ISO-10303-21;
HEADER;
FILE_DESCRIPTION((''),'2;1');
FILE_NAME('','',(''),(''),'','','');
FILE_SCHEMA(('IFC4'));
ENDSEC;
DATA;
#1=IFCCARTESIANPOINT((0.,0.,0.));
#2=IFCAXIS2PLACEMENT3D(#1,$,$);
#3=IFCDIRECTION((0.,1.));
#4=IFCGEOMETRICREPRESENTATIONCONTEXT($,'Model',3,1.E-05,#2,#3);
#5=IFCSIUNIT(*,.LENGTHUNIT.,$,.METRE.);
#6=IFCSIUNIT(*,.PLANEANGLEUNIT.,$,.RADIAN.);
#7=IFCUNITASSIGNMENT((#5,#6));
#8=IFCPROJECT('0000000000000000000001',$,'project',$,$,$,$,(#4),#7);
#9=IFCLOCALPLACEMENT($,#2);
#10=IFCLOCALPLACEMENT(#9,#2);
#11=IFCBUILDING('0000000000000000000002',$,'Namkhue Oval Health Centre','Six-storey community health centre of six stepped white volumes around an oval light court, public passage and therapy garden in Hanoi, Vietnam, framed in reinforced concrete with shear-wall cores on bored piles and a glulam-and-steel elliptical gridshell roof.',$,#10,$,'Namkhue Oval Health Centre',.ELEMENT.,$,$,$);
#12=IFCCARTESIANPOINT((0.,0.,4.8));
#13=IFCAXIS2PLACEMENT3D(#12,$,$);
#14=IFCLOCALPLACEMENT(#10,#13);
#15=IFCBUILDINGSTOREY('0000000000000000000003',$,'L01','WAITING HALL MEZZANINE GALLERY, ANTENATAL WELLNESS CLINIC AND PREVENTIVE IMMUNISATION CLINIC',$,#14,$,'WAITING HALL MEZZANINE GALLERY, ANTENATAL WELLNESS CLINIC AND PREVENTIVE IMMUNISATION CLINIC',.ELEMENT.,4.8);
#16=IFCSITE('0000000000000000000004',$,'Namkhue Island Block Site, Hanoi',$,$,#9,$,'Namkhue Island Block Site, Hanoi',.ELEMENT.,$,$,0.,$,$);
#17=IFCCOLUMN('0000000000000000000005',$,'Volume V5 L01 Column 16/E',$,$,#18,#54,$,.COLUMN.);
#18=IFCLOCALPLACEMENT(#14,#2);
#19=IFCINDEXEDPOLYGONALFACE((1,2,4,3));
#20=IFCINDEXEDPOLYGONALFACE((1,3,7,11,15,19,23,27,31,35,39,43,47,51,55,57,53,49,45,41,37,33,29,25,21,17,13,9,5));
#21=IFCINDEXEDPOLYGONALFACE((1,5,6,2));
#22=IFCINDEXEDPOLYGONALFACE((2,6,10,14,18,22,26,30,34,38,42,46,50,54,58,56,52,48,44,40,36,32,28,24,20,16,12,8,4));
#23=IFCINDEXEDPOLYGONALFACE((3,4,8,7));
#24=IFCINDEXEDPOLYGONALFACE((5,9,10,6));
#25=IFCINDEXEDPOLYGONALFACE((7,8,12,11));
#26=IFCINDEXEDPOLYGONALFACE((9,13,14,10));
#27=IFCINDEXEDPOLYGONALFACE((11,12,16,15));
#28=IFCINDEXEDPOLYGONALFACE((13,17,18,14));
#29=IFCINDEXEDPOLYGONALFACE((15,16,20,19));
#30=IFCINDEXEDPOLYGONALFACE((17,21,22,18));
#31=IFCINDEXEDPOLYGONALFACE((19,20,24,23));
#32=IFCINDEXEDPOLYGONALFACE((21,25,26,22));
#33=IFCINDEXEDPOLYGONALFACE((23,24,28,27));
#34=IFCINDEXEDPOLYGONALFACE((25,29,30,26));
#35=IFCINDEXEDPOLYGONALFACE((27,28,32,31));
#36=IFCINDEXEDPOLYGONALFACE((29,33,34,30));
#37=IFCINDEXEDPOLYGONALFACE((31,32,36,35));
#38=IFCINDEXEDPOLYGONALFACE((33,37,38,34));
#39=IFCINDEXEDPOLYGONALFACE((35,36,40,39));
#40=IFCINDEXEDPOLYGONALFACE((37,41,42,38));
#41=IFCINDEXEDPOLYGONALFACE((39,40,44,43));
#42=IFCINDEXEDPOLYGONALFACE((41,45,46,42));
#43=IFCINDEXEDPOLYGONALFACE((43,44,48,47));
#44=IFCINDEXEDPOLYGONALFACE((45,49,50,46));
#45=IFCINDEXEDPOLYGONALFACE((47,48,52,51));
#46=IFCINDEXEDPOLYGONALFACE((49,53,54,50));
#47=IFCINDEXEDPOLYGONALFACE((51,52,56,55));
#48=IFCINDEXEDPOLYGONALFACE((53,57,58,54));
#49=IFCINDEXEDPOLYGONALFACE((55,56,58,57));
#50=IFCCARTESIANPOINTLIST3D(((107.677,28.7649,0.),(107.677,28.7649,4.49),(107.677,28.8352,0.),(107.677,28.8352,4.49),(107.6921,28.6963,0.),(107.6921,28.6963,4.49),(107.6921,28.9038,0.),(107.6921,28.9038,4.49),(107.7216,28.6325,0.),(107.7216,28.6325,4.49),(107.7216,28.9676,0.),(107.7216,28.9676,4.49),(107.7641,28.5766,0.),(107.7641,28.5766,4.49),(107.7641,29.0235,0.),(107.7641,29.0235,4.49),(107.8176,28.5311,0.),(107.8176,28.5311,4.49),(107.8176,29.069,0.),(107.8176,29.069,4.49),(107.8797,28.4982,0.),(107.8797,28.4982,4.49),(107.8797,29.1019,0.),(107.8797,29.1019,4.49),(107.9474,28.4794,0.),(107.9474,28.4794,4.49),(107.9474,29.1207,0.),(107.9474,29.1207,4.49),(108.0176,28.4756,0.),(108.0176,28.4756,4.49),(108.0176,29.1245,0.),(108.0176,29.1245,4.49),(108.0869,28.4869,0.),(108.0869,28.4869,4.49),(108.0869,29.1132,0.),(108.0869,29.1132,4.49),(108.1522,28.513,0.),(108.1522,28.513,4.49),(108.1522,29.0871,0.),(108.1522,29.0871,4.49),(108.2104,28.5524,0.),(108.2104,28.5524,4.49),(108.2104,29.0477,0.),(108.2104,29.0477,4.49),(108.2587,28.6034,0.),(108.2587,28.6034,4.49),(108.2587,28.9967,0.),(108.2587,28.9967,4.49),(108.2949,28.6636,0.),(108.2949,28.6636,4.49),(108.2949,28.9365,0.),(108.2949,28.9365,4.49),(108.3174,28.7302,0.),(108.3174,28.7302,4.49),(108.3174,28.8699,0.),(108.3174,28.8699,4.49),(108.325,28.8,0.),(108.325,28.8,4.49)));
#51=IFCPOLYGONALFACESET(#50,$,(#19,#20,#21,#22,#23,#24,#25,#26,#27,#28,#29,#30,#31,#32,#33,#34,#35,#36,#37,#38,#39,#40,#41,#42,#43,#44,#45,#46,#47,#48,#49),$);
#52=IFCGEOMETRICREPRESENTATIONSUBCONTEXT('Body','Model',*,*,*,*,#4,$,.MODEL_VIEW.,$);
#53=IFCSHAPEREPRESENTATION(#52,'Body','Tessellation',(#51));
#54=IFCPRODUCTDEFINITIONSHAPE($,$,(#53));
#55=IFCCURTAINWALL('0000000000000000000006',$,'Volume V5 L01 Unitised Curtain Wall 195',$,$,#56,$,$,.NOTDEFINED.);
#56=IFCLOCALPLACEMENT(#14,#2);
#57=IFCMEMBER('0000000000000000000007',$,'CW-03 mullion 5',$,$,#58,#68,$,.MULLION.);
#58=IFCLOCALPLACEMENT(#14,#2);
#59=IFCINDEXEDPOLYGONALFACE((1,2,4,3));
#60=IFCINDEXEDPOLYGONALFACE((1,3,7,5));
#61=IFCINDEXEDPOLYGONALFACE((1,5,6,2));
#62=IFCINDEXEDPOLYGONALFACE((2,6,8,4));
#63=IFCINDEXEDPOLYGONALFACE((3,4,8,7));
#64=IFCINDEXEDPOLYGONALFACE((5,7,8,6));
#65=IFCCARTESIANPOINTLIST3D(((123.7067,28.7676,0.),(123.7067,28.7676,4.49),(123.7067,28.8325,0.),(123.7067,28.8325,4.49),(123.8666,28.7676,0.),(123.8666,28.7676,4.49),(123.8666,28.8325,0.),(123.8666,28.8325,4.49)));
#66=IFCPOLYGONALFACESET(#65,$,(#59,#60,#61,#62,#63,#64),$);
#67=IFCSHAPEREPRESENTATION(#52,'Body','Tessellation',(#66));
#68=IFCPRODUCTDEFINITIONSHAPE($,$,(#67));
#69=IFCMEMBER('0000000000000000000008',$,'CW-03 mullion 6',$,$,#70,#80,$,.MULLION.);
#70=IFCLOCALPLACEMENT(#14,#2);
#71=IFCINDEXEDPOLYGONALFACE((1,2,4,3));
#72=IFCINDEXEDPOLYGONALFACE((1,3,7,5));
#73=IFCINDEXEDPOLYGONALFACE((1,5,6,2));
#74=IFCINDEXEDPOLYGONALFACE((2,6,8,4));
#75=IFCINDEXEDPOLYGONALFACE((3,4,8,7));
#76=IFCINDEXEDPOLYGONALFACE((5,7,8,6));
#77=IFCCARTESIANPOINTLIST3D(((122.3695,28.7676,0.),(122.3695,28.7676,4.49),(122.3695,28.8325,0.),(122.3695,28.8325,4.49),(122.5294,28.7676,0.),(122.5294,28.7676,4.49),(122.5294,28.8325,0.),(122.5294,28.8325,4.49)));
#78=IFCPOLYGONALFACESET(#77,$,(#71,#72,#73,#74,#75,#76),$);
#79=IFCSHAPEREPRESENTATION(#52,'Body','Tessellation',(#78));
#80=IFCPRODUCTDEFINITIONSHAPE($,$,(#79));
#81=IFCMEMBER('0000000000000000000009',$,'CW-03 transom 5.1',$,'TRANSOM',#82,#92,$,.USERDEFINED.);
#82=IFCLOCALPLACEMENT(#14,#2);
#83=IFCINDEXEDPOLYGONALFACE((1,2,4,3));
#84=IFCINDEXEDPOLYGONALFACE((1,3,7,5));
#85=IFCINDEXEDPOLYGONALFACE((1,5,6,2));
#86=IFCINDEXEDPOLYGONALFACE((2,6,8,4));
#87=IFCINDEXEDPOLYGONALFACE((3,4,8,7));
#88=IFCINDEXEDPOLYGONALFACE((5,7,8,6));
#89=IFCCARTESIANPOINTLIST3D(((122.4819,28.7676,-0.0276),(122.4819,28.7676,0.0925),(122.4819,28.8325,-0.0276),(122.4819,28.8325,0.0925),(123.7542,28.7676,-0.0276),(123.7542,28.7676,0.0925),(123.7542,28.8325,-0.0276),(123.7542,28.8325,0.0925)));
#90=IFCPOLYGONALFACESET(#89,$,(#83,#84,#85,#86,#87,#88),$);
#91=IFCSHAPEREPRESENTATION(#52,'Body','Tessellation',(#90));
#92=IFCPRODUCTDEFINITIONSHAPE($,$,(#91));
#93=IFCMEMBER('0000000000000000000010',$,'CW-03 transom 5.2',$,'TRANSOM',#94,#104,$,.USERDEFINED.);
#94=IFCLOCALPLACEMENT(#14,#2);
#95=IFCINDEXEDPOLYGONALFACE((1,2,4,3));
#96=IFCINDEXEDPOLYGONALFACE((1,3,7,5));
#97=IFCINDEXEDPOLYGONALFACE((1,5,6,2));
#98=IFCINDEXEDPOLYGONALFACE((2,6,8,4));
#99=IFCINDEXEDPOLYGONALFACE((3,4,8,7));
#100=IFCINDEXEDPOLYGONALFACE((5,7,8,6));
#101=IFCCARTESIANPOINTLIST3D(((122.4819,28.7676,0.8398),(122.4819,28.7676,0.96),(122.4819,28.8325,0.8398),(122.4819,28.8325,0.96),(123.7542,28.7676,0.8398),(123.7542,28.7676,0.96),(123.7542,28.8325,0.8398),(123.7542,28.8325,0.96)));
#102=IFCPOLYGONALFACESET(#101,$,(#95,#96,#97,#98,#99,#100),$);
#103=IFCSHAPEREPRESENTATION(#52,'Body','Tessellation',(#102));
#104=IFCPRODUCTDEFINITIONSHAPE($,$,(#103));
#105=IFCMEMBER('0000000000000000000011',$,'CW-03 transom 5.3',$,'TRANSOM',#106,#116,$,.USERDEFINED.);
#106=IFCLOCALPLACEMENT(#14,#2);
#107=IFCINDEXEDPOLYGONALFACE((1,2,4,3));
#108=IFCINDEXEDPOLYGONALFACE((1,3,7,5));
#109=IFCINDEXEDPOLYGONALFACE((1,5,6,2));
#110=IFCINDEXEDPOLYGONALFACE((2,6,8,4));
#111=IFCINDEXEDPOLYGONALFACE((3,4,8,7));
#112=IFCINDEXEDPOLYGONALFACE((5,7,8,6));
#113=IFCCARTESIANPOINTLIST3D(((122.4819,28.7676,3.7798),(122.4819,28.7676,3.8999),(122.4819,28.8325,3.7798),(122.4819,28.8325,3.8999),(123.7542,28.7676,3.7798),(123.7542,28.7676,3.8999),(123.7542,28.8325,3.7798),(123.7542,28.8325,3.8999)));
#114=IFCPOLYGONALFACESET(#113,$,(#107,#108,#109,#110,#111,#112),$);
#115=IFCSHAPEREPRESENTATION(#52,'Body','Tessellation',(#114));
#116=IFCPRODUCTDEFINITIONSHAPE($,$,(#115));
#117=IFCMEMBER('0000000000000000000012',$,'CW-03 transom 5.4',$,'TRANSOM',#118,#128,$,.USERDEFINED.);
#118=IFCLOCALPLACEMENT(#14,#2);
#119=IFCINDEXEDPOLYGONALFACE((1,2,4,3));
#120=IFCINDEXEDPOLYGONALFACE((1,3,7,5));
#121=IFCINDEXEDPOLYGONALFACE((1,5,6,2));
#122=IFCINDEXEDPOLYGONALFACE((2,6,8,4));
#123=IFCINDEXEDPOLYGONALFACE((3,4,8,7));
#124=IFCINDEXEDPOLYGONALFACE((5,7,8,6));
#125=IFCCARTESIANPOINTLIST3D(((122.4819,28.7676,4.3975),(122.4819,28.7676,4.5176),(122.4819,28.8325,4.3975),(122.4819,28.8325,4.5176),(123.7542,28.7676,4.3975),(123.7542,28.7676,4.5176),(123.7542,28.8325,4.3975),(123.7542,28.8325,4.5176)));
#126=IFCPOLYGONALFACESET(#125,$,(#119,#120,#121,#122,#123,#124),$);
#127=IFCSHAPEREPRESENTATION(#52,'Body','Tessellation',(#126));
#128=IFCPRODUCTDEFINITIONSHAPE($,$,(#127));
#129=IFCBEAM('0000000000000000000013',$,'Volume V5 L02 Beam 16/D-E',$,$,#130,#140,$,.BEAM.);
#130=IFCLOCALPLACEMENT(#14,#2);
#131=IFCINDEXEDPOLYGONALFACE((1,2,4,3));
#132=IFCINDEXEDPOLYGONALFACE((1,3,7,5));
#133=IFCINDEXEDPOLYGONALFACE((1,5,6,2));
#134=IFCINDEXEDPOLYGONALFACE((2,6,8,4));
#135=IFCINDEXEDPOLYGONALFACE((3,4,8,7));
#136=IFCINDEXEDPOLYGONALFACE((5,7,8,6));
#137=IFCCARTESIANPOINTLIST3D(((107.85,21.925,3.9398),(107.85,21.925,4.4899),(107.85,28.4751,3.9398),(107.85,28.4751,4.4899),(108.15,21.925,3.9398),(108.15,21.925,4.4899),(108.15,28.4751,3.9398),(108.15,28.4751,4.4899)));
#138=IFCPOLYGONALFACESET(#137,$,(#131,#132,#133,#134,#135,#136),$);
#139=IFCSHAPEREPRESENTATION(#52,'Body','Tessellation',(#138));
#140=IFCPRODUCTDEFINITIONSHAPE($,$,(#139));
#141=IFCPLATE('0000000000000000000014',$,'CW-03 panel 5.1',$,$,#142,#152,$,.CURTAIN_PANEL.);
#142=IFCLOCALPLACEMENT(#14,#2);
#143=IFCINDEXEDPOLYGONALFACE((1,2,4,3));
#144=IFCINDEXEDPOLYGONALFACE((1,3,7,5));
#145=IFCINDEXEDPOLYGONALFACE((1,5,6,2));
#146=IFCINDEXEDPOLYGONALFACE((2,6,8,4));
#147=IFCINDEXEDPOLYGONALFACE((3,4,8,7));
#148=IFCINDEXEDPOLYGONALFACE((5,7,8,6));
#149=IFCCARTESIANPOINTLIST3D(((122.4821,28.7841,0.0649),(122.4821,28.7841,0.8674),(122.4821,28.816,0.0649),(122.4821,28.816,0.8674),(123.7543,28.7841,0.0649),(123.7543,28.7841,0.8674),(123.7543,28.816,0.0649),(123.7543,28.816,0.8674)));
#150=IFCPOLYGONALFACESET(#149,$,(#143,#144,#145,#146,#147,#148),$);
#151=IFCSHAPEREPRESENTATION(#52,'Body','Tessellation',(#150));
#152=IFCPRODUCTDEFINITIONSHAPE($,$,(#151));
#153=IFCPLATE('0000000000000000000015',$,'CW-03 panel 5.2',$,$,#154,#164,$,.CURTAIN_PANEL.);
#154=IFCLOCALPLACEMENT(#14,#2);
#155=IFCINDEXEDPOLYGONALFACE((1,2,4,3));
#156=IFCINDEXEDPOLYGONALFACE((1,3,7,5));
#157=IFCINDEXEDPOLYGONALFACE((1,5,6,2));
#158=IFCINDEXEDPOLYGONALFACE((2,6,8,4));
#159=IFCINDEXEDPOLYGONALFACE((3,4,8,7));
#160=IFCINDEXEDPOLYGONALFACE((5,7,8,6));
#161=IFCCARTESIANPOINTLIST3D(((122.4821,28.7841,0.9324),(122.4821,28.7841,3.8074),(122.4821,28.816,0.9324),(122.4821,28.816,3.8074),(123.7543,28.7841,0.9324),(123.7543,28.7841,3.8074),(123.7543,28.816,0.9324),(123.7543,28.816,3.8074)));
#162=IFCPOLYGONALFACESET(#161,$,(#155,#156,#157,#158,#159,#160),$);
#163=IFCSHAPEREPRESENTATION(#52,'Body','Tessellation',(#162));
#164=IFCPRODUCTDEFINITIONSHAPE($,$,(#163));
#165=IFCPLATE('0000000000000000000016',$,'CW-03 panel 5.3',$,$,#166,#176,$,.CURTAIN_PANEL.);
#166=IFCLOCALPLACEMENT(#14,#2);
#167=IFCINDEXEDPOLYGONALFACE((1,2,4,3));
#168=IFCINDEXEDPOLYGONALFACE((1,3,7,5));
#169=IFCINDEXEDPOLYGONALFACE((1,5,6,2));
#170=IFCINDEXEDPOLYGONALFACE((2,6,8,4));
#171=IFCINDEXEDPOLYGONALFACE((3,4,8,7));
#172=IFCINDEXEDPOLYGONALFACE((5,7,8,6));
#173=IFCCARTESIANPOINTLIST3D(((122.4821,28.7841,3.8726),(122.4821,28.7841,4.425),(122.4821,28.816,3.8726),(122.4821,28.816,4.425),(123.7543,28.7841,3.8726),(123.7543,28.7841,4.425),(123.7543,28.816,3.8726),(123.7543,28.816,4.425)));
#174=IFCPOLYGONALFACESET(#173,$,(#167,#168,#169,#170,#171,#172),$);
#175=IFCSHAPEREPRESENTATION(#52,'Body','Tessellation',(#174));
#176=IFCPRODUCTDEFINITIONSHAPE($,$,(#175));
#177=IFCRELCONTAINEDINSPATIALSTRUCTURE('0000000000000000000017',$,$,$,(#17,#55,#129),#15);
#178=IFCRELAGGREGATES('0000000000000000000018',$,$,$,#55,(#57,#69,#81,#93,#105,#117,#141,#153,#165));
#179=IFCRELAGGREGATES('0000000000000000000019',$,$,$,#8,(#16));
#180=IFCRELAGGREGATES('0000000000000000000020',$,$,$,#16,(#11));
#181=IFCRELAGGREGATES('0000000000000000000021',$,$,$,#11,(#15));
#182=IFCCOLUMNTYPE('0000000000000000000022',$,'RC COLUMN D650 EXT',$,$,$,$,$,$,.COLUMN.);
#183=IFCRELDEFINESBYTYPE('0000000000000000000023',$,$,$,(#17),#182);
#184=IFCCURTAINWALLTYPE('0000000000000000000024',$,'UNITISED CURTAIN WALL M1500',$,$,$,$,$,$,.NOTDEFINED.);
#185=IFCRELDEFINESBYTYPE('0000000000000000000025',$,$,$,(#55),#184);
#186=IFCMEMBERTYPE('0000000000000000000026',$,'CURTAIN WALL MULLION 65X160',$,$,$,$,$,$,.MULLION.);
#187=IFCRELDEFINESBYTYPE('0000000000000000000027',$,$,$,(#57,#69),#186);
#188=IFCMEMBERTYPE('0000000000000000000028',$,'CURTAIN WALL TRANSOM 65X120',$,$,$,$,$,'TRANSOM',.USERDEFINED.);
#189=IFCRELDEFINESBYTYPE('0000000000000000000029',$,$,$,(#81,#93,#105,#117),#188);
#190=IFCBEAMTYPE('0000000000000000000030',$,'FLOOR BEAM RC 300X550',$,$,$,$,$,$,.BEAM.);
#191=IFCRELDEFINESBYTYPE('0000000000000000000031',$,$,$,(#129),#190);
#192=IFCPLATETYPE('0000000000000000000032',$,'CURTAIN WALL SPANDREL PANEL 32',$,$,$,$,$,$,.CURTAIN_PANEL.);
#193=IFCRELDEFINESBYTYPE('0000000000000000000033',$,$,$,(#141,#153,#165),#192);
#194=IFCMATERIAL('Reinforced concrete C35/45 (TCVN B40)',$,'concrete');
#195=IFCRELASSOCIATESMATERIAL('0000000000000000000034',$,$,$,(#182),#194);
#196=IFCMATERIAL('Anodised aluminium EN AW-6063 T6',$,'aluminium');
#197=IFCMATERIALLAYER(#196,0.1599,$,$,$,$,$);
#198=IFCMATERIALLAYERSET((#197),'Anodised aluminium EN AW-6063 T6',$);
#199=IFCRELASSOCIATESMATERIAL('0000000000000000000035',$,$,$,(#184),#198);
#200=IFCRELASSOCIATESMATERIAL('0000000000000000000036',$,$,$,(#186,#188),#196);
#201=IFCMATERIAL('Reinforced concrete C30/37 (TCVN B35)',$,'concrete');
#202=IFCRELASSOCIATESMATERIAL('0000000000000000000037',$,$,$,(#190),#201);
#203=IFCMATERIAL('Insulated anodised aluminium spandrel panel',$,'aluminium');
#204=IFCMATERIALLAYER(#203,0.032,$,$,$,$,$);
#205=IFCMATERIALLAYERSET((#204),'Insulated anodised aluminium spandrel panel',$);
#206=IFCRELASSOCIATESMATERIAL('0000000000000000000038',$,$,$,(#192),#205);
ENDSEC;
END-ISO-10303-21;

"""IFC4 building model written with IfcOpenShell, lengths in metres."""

from ifc_helpers import new_model, si_unit, direction, frame, origin, origin_2d, place, context, subcontext, project, spatial, rectangle, circle, extrude, material, layer, layer_set, material_profile, profile_set, type_object, element, aggregate, save


model = new_model("IFC4")

# Units and contexts
model_context = context("Model", 3, precision=1e-05, world=origin(), true_north=direction((0.0, 1.0)))
body_context = subcontext(model_context, "Body", "Model", "MODEL_VIEW")
ifc_project = project(units=[si_unit("LENGTHUNIT", "METRE"), si_unit("PLANEANGLEUNIT", "RADIAN")], contexts=[model_context])

# Site, building, storey
site_placement = place(None, origin())
site = spatial("IfcSite", under=ifc_project, at=site_placement, Name="Namkhue Island Block Site, Hanoi", LongName="Namkhue Island Block Site, Hanoi", CompositionType="ELEMENT", RefElevation=0.0)
building_placement = place(site_placement, origin())
building = spatial("IfcBuilding", under=site, at=building_placement, Name="Namkhue Oval Health Centre", Description="Six-storey community health centre of six stepped white volumes around an oval light court, public passage and therapy garden in Hanoi, Vietnam, framed in reinforced concrete with shear-wall cores on bored piles and a glulam-and-steel elliptical gridshell roof.", LongName="Namkhue Oval Health Centre", CompositionType="ELEMENT")
storey_placement = place(building_placement, frame((0.0, 0.0, 4.8)))
storey = spatial("IfcBuildingStorey", under=building, at=storey_placement, Name="L01", Description="WAITING HALL MEZZANINE GALLERY, ANTENATAL WELLNESS CLINIC AND PREVENTIVE IMMUNISATION CLINIC", LongName="WAITING HALL MEZZANINE GALLERY, ANTENATAL WELLNESS CLINIC AND PREVENTIVE IMMUNISATION CLINIC", CompositionType="ELEMENT", Elevation=4.8)

# Column
ifc_material_1 = material(Name="Reinforced concrete C35/45 (TCVN B40)", Category="concrete")
ifc_material_profile_1 = material_profile(ifc_material_1, circle(Radius=0.325, at=origin_2d()), Name="RC D650")
ifc_profile_set_1 = profile_set([ifc_material_profile_1], Name="Reinforced concrete C35/45 (TCVN B40)")
column_type = type_object("IfcColumnType", Name="RC COLUMN D650 EXT", PredefinedType="COLUMN", material=ifc_profile_set_1)
column_placement = place(storey_placement, frame((108.0, 28.8, 0.0), z_axis=(0.0, 0.0, 1.0), x_axis=(1.0, 0.0, 0.0)))
element("IfcColumn", 1, at=column_placement, inside=storey, type_object=column_type, Name="Volume V5 L01 Column 16/E", PredefinedType="COLUMN", context=body_context, shape_type="SweptSolid", body=[
    extrude(circle(Radius=0.325, at=origin_2d()), origin(), (0.0, 0.0, 1.0), 4.49),
])

# Curtain wall, members
ifc_material_2 = material(Name="Anodised aluminium EN AW-6063 T6", Category="aluminium")
ifc_layer_1 = layer(ifc_material_2, 0.1599)
ifc_layer_set_1 = layer_set([ifc_layer_1], Name="Anodised aluminium EN AW-6063 T6")
curtain_wall_type = type_object("IfcCurtainWallType", Name="UNITISED CURTAIN WALL M1500", PredefinedType="NOTDEFINED", material=ifc_layer_set_1)
curtain_wall_placement = place(storey_placement, origin())
curtain_wall = element("IfcCurtainWall", 2, at=curtain_wall_placement, inside=storey, type_object=curtain_wall_type, Name="Volume V5 L01 Unitised Curtain Wall 195", PredefinedType="NOTDEFINED")
ifc_material_profile_2 = material_profile(ifc_material_2, rectangle(XDim=0.0649, YDim=0.1599, at=origin_2d()), Name="ALU 65x160")
ifc_profile_set_2 = profile_set([ifc_material_profile_2], Name="Anodised aluminium EN AW-6063 T6")
member_type_1 = type_object("IfcMemberType", Name="CURTAIN WALL MULLION 65X160", PredefinedType="MULLION", material=ifc_profile_set_2)
member_1_placement = place(storey_placement, frame((123.7866, 28.8, 0.0), z_axis=(0.0, 0.0, 1.0), x_axis=(0.0, -1.0, 0.0)))
member_1 = element("IfcMember", 3, at=member_1_placement, type_object=member_type_1, Name="CW-03 mullion 5", PredefinedType="MULLION", context=body_context, shape_type="SweptSolid", body=[
    extrude(rectangle(XDim=0.0649, YDim=0.1599, at=origin_2d()), origin(), (0.0, 0.0, 1.0), 4.49),
])
member_2_placement = place(storey_placement, frame((122.4495, 28.8, 0.0), z_axis=(0.0, 0.0, 1.0), x_axis=(0.0, -1.0, 0.0)))
member_2 = element("IfcMember", 4, at=member_2_placement, type_object=member_type_1, Name="CW-03 mullion 6", PredefinedType="MULLION", context=body_context, shape_type="SweptSolid", body=[
    extrude(rectangle(XDim=0.0649, YDim=0.1599, at=origin_2d()), origin(), (0.0, 0.0, 1.0), 4.49),
])
ifc_material_profile_3 = material_profile(ifc_material_2, rectangle(XDim=0.0649, YDim=0.1201, at=origin_2d()), Name="ALU 65x120")
ifc_profile_set_3 = profile_set([ifc_material_profile_3], Name="Anodised aluminium EN AW-6063 T6")
member_type_2 = type_object("IfcMemberType", Name="CURTAIN WALL TRANSOM 65X120", ElementType="TRANSOM", PredefinedType="USERDEFINED", material=ifc_profile_set_3)
member_3_placement = place(storey_placement, frame((123.7542, 28.8, 0.0325), z_axis=(-1.0, 0.0, 0.0), x_axis=(0.0, -1.0, 0.0)))
member_3 = element("IfcMember", 5, at=member_3_placement, type_object=member_type_2, Name="CW-03 transom 5.1", ObjectType="TRANSOM", PredefinedType="USERDEFINED", context=body_context, shape_type="SweptSolid", body=[
    extrude(rectangle(XDim=0.0649, YDim=0.1201, at=origin_2d()), origin(), (0.0, 0.0, 1.0), 1.2722),
])
member_4_placement = place(storey_placement, frame((123.7542, 28.8, 0.8999), z_axis=(-1.0, 0.0, 0.0), x_axis=(0.0, -1.0, 0.0)))
member_4 = element("IfcMember", 6, at=member_4_placement, type_object=member_type_2, Name="CW-03 transom 5.2", ObjectType="TRANSOM", PredefinedType="USERDEFINED", context=body_context, shape_type="SweptSolid", body=[
    extrude(rectangle(XDim=0.0649, YDim=0.1201, at=origin_2d()), origin(), (0.0, 0.0, 1.0), 1.2722),
])
member_5_placement = place(storey_placement, frame((123.7542, 28.8, 3.8398), z_axis=(-1.0, 0.0, 0.0), x_axis=(0.0, -1.0, 0.0)))
member_5 = element("IfcMember", 7, at=member_5_placement, type_object=member_type_2, Name="CW-03 transom 5.3", ObjectType="TRANSOM", PredefinedType="USERDEFINED", context=body_context, shape_type="SweptSolid", body=[
    extrude(rectangle(XDim=0.0649, YDim=0.1201, at=origin_2d()), origin(), (0.0, 0.0, 1.0), 1.2722),
])
member_6_placement = place(storey_placement, frame((123.7542, 28.8, 4.4575), z_axis=(-1.0, 0.0, 0.0), x_axis=(0.0, -1.0, 0.0)))
member_6 = element("IfcMember", 8, at=member_6_placement, type_object=member_type_2, Name="CW-03 transom 5.4", ObjectType="TRANSOM", PredefinedType="USERDEFINED", context=body_context, shape_type="SweptSolid", body=[
    extrude(rectangle(XDim=0.0649, YDim=0.1201, at=origin_2d()), origin(), (0.0, 0.0, 1.0), 1.2722),
])

# Beam
ifc_material_3 = material(Name="Reinforced concrete C30/37 (TCVN B35)", Category="concrete")
ifc_material_profile_4 = material_profile(ifc_material_3, rectangle(XDim=0.3, YDim=0.55, at=origin_2d()), Name="RC 300x550")
ifc_profile_set_4 = profile_set([ifc_material_profile_4], Name="Reinforced concrete C30/37 (TCVN B35)")
beam_type = type_object("IfcBeamType", Name="FLOOR BEAM RC 300X550", PredefinedType="BEAM", material=ifc_profile_set_4)
beam_placement = place(storey_placement, frame((108.0, 21.925, 4.2148), z_axis=(0.0, 1.0, 0.0), x_axis=(-1.0, 0.0, 0.0)))
element("IfcBeam", 9, at=beam_placement, inside=storey, type_object=beam_type, Name="Volume V5 L02 Beam 16/D-E", PredefinedType="BEAM", context=body_context, shape_type="SweptSolid", body=[
    extrude(rectangle(XDim=0.3, YDim=0.55, at=origin_2d()), origin(), (0.0, 0.0, 1.0), 6.55),
])

# Plates
ifc_material_4 = material(Name="Insulated anodised aluminium spandrel panel", Category="aluminium")
ifc_layer_2 = layer(ifc_material_4, 0.032)
ifc_layer_set_2 = layer_set([ifc_layer_2], Name="Insulated anodised aluminium spandrel panel")
plate_type = type_object("IfcPlateType", Name="CURTAIN WALL SPANDREL PANEL 32", PredefinedType="CURTAIN_PANEL", material=ifc_layer_set_2)
plate_1_placement = place(storey_placement, frame((123.1182, 28.8, 0.0649), z_axis=(0.0, 0.0, 1.0), x_axis=(-1.0, 0.0, 0.0)))
plate_1 = element("IfcPlate", 10, at=plate_1_placement, type_object=plate_type, Name="CW-03 panel 5.1", PredefinedType="CURTAIN_PANEL", context=body_context, shape_type="SweptSolid", body=[
    extrude(rectangle(XDim=1.2722, YDim=0.032, at=origin_2d()), origin(), (0.0, 0.0, 1.0), 0.8025),
])
plate_2_placement = place(storey_placement, frame((123.1182, 28.8, 0.9324), z_axis=(0.0, 0.0, 1.0), x_axis=(-1.0, 0.0, 0.0)))
plate_2 = element("IfcPlate", 11, at=plate_2_placement, type_object=plate_type, Name="CW-03 panel 5.2", PredefinedType="CURTAIN_PANEL", context=body_context, shape_type="SweptSolid", body=[
    extrude(rectangle(XDim=1.2722, YDim=0.032, at=origin_2d()), origin(), (0.0, 0.0, 1.0), 2.875),
])
plate_3_placement = place(storey_placement, frame((123.1182, 28.8, 3.8726), z_axis=(0.0, 0.0, 1.0), x_axis=(-1.0, 0.0, 0.0)))
plate_3 = element("IfcPlate", 12, at=plate_3_placement, type_object=plate_type, Name="CW-03 panel 5.3", PredefinedType="CURTAIN_PANEL", context=body_context, shape_type="SweptSolid", body=[
    extrude(rectangle(XDim=1.2722, YDim=0.032, at=origin_2d()), origin(), (0.0, 0.0, 1.0), 0.5525),
])
aggregate(curtain_wall, [member_1, member_2, member_3, member_4, member_5, member_6, plate_1, plate_2, plate_3])

save(model, "model.ifc")
